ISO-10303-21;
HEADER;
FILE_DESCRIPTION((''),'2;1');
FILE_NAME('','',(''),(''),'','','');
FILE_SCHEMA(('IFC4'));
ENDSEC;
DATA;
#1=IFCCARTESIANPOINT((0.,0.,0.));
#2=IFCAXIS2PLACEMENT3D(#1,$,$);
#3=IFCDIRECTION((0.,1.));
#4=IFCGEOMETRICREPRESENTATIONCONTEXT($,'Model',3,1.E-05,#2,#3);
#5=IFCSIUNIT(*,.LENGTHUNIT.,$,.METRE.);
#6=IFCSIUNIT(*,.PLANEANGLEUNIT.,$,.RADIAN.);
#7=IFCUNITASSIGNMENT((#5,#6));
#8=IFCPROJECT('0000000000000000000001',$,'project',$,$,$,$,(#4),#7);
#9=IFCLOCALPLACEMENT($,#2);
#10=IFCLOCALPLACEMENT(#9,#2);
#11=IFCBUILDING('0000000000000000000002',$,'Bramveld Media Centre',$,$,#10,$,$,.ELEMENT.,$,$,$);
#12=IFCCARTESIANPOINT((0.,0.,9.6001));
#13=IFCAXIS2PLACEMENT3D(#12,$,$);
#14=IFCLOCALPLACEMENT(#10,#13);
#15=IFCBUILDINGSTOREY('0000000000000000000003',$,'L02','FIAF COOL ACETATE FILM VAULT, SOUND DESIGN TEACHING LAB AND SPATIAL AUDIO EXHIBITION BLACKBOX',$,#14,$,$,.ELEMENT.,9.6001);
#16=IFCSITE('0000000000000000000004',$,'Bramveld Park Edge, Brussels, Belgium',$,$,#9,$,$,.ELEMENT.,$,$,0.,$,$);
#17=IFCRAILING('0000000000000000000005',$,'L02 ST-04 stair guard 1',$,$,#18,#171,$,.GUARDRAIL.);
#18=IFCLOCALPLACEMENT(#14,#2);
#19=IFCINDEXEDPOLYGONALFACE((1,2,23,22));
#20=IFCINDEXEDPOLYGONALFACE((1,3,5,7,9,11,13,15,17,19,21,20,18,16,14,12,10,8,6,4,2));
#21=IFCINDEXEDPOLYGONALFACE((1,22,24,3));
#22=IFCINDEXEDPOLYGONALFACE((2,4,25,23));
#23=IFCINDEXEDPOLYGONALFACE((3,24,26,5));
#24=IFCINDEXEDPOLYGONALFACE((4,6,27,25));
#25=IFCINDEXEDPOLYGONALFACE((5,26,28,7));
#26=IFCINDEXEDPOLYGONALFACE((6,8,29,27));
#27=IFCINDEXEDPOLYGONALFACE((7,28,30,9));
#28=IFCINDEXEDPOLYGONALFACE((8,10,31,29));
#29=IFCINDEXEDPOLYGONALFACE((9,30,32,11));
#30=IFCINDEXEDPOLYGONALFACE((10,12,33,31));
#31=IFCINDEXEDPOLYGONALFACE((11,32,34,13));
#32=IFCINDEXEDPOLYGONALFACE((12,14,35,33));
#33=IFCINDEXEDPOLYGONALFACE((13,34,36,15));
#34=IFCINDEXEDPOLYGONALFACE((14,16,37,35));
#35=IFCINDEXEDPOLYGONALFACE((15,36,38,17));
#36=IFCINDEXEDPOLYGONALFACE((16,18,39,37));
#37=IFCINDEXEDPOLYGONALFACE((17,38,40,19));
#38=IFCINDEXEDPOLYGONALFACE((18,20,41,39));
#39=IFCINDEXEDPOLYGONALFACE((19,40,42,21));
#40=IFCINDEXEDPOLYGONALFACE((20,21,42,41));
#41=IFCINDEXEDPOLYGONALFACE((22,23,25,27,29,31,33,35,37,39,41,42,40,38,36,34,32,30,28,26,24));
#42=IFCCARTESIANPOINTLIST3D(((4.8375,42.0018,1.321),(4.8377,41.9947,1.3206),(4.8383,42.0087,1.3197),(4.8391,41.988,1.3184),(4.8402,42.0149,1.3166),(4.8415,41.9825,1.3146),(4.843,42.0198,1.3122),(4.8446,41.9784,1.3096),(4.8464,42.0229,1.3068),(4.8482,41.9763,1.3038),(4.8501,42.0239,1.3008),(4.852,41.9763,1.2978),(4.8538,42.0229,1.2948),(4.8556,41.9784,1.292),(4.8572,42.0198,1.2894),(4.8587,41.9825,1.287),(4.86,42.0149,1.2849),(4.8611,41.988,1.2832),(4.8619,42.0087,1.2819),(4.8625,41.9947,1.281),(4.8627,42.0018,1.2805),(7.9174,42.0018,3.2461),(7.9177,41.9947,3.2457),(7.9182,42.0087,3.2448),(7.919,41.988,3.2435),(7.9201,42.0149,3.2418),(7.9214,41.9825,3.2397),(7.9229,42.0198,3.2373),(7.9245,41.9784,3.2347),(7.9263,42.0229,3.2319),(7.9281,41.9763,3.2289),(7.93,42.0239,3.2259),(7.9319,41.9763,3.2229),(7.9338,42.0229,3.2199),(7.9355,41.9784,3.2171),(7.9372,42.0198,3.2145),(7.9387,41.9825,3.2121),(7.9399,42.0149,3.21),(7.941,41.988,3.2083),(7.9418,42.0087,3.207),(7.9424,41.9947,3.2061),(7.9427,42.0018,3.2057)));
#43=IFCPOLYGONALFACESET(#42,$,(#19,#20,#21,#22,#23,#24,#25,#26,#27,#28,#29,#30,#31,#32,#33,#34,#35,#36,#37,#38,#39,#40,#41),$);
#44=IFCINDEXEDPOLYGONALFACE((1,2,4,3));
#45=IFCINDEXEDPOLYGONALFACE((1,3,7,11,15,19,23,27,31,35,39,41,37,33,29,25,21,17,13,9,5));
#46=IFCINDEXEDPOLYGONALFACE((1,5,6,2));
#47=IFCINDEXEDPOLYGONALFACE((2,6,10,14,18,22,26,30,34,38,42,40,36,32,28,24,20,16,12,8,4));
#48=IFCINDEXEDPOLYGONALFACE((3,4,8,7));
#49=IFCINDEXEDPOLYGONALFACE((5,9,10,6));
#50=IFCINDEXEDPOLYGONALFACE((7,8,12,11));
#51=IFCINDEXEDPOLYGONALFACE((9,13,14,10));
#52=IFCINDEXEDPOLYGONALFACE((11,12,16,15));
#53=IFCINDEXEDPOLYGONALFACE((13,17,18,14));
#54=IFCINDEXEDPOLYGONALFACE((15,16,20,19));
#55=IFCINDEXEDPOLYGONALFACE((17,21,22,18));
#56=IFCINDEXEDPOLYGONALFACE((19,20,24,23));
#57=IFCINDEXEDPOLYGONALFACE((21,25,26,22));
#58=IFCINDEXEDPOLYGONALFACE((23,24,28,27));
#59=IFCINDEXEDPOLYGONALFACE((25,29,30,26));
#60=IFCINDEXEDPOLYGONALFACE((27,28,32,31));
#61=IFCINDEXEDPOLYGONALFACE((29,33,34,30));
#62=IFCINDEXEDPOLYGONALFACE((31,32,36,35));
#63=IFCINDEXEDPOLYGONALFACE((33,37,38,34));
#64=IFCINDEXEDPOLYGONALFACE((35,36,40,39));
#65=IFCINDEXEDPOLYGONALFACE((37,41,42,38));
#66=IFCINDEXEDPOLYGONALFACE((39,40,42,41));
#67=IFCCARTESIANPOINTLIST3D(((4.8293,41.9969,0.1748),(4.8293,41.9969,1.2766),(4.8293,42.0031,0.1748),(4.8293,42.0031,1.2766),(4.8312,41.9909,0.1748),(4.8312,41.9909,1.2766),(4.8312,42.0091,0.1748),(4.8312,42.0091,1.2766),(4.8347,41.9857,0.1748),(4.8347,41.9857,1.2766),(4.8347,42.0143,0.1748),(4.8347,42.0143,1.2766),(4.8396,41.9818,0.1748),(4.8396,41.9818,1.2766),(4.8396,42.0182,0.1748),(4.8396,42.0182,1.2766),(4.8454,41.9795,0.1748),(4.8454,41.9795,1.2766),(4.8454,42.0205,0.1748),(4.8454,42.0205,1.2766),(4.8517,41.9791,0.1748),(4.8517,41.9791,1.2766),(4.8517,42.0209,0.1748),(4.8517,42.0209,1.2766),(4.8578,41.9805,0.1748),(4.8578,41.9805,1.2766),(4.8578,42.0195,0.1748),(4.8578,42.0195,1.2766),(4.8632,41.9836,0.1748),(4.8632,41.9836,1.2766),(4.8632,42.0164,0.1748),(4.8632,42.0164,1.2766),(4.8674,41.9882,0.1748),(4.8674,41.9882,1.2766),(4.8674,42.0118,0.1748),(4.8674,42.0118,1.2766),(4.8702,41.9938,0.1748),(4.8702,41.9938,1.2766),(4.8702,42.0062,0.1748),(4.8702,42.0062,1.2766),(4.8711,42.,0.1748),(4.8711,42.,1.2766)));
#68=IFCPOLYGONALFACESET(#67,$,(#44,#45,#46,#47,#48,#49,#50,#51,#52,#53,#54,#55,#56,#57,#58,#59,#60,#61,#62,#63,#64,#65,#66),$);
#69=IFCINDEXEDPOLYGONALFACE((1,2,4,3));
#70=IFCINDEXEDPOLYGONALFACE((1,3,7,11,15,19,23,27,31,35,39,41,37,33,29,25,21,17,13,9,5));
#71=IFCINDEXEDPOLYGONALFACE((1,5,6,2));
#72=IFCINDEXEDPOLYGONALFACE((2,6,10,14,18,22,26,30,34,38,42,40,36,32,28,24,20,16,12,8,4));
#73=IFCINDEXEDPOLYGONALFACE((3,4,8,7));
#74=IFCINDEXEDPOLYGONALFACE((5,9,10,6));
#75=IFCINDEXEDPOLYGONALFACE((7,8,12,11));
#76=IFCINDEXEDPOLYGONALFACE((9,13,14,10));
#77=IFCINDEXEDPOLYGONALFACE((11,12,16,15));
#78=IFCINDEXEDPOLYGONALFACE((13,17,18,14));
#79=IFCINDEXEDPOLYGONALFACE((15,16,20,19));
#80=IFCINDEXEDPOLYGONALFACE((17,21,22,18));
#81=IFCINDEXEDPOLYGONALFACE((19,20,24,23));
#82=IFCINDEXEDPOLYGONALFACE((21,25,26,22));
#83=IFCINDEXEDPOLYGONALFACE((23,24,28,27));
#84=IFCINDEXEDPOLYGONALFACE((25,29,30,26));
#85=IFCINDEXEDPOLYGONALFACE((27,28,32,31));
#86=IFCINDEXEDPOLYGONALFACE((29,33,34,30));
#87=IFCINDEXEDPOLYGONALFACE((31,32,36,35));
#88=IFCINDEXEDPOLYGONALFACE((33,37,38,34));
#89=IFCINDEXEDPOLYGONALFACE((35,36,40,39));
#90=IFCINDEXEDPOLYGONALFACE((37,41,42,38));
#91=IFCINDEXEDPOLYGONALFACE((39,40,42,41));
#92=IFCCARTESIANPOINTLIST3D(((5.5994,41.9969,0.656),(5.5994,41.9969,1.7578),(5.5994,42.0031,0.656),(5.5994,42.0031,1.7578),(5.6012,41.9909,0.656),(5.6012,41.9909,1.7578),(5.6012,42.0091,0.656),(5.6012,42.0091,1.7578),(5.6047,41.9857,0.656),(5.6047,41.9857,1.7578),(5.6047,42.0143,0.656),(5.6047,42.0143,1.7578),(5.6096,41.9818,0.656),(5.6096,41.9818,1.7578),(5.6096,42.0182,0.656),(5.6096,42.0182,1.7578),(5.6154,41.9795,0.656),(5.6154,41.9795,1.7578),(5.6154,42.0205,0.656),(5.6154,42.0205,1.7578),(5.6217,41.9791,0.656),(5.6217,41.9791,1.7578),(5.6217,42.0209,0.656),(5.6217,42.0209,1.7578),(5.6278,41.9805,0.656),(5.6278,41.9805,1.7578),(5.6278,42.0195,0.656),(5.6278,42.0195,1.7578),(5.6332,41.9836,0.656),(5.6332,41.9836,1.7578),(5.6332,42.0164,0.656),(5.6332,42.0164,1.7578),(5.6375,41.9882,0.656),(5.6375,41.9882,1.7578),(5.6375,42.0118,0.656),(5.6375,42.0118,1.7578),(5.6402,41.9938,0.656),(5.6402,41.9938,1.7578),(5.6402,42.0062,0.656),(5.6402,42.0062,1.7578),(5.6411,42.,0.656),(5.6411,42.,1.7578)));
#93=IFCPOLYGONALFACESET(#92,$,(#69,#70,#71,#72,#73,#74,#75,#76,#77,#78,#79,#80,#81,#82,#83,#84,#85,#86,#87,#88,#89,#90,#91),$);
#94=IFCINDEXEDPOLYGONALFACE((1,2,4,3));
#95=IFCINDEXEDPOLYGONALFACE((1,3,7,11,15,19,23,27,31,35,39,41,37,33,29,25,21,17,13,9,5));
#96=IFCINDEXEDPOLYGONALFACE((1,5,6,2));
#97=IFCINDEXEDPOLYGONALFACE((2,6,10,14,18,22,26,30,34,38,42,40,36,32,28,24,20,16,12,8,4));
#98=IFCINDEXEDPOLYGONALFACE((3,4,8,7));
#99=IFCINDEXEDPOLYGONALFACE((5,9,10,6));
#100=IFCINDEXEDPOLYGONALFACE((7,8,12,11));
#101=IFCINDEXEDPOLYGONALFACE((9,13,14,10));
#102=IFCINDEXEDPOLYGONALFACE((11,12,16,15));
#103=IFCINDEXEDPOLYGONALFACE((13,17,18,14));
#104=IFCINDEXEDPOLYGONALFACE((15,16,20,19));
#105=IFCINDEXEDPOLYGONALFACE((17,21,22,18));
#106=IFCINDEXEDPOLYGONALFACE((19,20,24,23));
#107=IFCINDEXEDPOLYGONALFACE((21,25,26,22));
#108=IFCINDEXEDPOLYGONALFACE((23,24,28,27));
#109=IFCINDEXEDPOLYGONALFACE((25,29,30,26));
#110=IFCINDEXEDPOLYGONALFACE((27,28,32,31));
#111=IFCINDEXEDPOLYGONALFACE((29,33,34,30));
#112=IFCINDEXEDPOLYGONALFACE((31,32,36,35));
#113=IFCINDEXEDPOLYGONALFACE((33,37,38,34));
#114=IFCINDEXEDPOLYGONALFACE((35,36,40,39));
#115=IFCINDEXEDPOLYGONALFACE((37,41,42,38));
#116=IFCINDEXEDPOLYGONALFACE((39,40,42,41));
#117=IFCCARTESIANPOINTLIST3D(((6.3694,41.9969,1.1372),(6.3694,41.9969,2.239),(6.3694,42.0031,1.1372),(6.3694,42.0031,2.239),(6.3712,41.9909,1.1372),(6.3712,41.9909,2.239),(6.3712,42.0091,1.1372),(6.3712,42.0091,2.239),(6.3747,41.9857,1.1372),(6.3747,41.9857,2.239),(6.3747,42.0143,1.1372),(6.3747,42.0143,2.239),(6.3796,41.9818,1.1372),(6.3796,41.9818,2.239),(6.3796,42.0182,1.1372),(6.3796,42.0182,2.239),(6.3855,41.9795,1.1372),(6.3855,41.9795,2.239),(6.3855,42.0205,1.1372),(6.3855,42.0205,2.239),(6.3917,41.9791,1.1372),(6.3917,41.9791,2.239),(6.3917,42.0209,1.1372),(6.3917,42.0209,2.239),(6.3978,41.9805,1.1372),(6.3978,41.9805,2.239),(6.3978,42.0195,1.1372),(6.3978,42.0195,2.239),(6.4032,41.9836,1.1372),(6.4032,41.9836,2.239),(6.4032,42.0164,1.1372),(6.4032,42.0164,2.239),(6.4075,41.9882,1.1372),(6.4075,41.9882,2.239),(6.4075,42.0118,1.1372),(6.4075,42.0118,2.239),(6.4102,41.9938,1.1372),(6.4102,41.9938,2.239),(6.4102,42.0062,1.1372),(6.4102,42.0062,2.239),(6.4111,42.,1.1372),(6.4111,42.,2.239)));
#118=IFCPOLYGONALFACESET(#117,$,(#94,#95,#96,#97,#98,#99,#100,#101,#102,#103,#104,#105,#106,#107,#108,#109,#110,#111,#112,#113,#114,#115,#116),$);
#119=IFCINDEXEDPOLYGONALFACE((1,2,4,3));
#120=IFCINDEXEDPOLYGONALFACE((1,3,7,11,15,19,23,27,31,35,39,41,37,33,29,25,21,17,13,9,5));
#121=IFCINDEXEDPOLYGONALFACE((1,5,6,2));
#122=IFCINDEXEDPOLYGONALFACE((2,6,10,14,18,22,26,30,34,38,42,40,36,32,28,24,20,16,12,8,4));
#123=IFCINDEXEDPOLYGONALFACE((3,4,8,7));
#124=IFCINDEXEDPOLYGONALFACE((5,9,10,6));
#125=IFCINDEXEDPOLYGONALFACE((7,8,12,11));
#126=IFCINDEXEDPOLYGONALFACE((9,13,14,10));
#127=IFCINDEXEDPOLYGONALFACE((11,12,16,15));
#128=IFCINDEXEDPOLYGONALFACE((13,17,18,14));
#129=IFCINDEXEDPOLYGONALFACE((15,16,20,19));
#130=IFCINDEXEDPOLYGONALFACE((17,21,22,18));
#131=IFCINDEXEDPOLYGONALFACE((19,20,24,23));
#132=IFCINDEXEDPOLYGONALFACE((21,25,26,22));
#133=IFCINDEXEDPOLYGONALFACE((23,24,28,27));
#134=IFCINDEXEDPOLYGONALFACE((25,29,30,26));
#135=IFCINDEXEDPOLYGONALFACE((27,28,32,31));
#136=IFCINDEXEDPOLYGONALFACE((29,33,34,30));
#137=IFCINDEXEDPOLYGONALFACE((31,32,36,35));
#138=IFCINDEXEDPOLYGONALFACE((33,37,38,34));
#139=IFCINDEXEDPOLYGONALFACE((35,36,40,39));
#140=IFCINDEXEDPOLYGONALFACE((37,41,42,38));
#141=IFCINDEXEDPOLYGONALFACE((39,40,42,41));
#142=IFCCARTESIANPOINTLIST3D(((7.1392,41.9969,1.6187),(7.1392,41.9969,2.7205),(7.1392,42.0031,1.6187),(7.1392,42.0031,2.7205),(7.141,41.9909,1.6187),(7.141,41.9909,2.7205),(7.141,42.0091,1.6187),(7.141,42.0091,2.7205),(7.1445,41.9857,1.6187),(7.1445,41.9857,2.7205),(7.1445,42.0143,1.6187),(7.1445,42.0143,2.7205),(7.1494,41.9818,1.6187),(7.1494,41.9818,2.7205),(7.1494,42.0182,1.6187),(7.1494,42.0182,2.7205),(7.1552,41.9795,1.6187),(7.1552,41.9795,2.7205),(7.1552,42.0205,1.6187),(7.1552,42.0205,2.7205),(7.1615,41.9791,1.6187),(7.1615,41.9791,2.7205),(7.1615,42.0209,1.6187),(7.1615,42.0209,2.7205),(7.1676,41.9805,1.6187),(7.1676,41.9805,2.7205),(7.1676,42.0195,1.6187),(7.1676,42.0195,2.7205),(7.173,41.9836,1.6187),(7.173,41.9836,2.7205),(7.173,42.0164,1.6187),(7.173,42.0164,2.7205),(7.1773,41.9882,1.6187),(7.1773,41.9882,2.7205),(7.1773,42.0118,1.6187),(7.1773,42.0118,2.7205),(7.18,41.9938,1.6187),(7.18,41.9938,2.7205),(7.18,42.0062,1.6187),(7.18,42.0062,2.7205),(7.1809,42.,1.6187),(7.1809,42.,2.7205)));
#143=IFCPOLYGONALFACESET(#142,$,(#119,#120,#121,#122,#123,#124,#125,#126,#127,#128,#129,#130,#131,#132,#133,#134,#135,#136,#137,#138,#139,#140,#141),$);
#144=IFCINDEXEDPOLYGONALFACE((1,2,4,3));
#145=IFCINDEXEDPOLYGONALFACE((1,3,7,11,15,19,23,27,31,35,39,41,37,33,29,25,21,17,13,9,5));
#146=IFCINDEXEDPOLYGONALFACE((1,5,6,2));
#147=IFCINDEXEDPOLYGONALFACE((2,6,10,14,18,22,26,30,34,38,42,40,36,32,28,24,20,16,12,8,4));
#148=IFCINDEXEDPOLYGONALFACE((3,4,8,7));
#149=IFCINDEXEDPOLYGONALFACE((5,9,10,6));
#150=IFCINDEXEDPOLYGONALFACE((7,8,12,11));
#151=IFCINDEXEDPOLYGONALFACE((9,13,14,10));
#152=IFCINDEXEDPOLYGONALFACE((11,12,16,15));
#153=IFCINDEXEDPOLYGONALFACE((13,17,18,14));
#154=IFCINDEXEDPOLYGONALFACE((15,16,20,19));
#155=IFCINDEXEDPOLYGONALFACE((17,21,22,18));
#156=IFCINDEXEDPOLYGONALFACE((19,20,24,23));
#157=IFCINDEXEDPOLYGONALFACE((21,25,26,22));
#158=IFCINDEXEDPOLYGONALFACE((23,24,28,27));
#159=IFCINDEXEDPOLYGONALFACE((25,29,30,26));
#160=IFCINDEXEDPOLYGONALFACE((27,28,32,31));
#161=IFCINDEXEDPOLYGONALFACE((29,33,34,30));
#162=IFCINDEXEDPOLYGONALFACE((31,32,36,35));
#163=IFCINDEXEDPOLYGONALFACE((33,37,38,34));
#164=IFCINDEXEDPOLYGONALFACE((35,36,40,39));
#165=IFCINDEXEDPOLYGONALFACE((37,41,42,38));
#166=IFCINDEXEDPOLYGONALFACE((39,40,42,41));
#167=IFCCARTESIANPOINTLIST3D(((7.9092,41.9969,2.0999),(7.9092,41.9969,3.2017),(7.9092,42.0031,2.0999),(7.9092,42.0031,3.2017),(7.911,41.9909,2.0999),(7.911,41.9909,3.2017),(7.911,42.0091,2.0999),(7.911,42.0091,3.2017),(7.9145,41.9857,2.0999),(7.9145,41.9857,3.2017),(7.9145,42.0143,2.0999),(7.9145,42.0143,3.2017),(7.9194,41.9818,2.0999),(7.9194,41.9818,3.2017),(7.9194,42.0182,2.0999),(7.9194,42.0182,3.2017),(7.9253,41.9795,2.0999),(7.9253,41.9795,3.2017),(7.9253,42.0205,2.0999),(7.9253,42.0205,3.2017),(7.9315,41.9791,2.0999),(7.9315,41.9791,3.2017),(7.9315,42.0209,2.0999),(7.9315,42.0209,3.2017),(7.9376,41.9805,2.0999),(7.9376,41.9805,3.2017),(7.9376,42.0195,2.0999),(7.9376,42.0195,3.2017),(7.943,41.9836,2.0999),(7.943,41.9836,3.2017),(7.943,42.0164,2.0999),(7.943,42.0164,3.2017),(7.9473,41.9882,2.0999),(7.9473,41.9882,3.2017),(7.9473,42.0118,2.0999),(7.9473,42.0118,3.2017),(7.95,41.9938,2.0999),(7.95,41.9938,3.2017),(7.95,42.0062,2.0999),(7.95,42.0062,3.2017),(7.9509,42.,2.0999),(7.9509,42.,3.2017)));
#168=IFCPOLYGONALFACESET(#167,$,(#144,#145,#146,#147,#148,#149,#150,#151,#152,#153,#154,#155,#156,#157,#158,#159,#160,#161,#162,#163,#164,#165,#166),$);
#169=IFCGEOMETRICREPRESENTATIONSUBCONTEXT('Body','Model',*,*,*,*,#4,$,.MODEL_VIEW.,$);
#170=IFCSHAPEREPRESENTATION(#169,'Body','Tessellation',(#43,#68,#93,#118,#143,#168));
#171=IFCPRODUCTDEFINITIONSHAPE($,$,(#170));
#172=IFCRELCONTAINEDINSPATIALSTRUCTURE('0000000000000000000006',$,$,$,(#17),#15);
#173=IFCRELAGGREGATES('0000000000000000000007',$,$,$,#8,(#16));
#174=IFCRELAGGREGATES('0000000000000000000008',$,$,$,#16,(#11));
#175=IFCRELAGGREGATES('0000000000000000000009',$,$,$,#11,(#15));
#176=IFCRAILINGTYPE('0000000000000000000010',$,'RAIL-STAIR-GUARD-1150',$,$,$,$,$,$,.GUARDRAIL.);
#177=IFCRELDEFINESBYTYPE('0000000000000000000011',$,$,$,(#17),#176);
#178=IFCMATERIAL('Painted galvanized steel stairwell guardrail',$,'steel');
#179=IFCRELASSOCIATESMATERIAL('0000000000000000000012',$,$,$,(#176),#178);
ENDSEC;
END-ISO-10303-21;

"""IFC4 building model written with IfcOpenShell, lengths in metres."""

from ifc_helpers import new_model, si_unit, direction, frame, origin, origin_2d, place, context, subcontext, project, spatial, circle, extrude, material, type_object, element, save


model = new_model("IFC4")

# Units and contexts
model_context = context("Model", 3, precision=1e-05, world=origin(), true_north=direction((0.0, 1.0)))
body_context = subcontext(model_context, "Body", "Model", "MODEL_VIEW")
ifc_project = project(units=[si_unit("LENGTHUNIT", "METRE"), si_unit("PLANEANGLEUNIT", "RADIAN")], contexts=[model_context])

# Site, building, storey
site_placement = place(None, origin())
site = spatial("IfcSite", under=ifc_project, at=site_placement, Name="Bramveld Park Edge, Brussels, Belgium", CompositionType="ELEMENT", RefElevation=0.0)
building_placement = place(site_placement, origin())
building = spatial("IfcBuilding", under=site, at=building_placement, Name="Bramveld Media Centre", CompositionType="ELEMENT")
storey_placement = place(building_placement, frame((0.0, 0.0, 9.6001)))
storey = spatial("IfcBuildingStorey", under=building, at=storey_placement, Name="L02", Description="FIAF COOL ACETATE FILM VAULT, SOUND DESIGN TEACHING LAB AND SPATIAL AUDIO EXHIBITION BLACKBOX", CompositionType="ELEMENT", Elevation=9.6001)

# Railing
ifc_material_1 = material(Name="Painted galvanized steel stairwell guardrail", Category="steel")
railing_type_1 = type_object("IfcRailingType", Name="RAIL-STAIR-GUARD-1150", PredefinedType="GUARDRAIL", material=ifc_material_1)
railing_1_placement = place(storey_placement, frame((4.8501, 42.0, 0.1748)))
element("IfcRailing", 1, at=railing_1_placement, inside=storey, type_object=railing_type_1, Name="L02 ST-04 stair guard 1", PredefinedType="GUARDRAIL", context=body_context, shape_type="SweptSolid", body=[
    extrude(circle(Radius=0.0239, at=origin_2d()), frame((0.0, 0.0, 1.126), z_axis=(0.847979, 0.0, 0.530029), x_axis=(0.0, 1.0, 0.0)), (0.0, 0.0, 1.0), 3.6321),
    extrude(circle(Radius=0.021, at=origin_2d()), origin(), (0.0, 0.0, 1.0), 1.1018),
    extrude(circle(Radius=0.021, at=origin_2d()), frame((0.77, 0.0, 0.4812)), (0.0, 0.0, 1.0), 1.1018),
    extrude(circle(Radius=0.021, at=origin_2d()), frame((1.54, 0.0, 0.9624)), (0.0, 0.0, 1.0), 1.1018),
    extrude(circle(Radius=0.021, at=origin_2d()), frame((2.3098, 0.0, 1.4438)), (0.0, 0.0, 1.0), 1.1018),
    extrude(circle(Radius=0.021, at=origin_2d()), frame((3.0798, 0.0, 1.925)), (0.0, 0.0, 1.0), 1.1018),
])

save(model, "model.ifc")
